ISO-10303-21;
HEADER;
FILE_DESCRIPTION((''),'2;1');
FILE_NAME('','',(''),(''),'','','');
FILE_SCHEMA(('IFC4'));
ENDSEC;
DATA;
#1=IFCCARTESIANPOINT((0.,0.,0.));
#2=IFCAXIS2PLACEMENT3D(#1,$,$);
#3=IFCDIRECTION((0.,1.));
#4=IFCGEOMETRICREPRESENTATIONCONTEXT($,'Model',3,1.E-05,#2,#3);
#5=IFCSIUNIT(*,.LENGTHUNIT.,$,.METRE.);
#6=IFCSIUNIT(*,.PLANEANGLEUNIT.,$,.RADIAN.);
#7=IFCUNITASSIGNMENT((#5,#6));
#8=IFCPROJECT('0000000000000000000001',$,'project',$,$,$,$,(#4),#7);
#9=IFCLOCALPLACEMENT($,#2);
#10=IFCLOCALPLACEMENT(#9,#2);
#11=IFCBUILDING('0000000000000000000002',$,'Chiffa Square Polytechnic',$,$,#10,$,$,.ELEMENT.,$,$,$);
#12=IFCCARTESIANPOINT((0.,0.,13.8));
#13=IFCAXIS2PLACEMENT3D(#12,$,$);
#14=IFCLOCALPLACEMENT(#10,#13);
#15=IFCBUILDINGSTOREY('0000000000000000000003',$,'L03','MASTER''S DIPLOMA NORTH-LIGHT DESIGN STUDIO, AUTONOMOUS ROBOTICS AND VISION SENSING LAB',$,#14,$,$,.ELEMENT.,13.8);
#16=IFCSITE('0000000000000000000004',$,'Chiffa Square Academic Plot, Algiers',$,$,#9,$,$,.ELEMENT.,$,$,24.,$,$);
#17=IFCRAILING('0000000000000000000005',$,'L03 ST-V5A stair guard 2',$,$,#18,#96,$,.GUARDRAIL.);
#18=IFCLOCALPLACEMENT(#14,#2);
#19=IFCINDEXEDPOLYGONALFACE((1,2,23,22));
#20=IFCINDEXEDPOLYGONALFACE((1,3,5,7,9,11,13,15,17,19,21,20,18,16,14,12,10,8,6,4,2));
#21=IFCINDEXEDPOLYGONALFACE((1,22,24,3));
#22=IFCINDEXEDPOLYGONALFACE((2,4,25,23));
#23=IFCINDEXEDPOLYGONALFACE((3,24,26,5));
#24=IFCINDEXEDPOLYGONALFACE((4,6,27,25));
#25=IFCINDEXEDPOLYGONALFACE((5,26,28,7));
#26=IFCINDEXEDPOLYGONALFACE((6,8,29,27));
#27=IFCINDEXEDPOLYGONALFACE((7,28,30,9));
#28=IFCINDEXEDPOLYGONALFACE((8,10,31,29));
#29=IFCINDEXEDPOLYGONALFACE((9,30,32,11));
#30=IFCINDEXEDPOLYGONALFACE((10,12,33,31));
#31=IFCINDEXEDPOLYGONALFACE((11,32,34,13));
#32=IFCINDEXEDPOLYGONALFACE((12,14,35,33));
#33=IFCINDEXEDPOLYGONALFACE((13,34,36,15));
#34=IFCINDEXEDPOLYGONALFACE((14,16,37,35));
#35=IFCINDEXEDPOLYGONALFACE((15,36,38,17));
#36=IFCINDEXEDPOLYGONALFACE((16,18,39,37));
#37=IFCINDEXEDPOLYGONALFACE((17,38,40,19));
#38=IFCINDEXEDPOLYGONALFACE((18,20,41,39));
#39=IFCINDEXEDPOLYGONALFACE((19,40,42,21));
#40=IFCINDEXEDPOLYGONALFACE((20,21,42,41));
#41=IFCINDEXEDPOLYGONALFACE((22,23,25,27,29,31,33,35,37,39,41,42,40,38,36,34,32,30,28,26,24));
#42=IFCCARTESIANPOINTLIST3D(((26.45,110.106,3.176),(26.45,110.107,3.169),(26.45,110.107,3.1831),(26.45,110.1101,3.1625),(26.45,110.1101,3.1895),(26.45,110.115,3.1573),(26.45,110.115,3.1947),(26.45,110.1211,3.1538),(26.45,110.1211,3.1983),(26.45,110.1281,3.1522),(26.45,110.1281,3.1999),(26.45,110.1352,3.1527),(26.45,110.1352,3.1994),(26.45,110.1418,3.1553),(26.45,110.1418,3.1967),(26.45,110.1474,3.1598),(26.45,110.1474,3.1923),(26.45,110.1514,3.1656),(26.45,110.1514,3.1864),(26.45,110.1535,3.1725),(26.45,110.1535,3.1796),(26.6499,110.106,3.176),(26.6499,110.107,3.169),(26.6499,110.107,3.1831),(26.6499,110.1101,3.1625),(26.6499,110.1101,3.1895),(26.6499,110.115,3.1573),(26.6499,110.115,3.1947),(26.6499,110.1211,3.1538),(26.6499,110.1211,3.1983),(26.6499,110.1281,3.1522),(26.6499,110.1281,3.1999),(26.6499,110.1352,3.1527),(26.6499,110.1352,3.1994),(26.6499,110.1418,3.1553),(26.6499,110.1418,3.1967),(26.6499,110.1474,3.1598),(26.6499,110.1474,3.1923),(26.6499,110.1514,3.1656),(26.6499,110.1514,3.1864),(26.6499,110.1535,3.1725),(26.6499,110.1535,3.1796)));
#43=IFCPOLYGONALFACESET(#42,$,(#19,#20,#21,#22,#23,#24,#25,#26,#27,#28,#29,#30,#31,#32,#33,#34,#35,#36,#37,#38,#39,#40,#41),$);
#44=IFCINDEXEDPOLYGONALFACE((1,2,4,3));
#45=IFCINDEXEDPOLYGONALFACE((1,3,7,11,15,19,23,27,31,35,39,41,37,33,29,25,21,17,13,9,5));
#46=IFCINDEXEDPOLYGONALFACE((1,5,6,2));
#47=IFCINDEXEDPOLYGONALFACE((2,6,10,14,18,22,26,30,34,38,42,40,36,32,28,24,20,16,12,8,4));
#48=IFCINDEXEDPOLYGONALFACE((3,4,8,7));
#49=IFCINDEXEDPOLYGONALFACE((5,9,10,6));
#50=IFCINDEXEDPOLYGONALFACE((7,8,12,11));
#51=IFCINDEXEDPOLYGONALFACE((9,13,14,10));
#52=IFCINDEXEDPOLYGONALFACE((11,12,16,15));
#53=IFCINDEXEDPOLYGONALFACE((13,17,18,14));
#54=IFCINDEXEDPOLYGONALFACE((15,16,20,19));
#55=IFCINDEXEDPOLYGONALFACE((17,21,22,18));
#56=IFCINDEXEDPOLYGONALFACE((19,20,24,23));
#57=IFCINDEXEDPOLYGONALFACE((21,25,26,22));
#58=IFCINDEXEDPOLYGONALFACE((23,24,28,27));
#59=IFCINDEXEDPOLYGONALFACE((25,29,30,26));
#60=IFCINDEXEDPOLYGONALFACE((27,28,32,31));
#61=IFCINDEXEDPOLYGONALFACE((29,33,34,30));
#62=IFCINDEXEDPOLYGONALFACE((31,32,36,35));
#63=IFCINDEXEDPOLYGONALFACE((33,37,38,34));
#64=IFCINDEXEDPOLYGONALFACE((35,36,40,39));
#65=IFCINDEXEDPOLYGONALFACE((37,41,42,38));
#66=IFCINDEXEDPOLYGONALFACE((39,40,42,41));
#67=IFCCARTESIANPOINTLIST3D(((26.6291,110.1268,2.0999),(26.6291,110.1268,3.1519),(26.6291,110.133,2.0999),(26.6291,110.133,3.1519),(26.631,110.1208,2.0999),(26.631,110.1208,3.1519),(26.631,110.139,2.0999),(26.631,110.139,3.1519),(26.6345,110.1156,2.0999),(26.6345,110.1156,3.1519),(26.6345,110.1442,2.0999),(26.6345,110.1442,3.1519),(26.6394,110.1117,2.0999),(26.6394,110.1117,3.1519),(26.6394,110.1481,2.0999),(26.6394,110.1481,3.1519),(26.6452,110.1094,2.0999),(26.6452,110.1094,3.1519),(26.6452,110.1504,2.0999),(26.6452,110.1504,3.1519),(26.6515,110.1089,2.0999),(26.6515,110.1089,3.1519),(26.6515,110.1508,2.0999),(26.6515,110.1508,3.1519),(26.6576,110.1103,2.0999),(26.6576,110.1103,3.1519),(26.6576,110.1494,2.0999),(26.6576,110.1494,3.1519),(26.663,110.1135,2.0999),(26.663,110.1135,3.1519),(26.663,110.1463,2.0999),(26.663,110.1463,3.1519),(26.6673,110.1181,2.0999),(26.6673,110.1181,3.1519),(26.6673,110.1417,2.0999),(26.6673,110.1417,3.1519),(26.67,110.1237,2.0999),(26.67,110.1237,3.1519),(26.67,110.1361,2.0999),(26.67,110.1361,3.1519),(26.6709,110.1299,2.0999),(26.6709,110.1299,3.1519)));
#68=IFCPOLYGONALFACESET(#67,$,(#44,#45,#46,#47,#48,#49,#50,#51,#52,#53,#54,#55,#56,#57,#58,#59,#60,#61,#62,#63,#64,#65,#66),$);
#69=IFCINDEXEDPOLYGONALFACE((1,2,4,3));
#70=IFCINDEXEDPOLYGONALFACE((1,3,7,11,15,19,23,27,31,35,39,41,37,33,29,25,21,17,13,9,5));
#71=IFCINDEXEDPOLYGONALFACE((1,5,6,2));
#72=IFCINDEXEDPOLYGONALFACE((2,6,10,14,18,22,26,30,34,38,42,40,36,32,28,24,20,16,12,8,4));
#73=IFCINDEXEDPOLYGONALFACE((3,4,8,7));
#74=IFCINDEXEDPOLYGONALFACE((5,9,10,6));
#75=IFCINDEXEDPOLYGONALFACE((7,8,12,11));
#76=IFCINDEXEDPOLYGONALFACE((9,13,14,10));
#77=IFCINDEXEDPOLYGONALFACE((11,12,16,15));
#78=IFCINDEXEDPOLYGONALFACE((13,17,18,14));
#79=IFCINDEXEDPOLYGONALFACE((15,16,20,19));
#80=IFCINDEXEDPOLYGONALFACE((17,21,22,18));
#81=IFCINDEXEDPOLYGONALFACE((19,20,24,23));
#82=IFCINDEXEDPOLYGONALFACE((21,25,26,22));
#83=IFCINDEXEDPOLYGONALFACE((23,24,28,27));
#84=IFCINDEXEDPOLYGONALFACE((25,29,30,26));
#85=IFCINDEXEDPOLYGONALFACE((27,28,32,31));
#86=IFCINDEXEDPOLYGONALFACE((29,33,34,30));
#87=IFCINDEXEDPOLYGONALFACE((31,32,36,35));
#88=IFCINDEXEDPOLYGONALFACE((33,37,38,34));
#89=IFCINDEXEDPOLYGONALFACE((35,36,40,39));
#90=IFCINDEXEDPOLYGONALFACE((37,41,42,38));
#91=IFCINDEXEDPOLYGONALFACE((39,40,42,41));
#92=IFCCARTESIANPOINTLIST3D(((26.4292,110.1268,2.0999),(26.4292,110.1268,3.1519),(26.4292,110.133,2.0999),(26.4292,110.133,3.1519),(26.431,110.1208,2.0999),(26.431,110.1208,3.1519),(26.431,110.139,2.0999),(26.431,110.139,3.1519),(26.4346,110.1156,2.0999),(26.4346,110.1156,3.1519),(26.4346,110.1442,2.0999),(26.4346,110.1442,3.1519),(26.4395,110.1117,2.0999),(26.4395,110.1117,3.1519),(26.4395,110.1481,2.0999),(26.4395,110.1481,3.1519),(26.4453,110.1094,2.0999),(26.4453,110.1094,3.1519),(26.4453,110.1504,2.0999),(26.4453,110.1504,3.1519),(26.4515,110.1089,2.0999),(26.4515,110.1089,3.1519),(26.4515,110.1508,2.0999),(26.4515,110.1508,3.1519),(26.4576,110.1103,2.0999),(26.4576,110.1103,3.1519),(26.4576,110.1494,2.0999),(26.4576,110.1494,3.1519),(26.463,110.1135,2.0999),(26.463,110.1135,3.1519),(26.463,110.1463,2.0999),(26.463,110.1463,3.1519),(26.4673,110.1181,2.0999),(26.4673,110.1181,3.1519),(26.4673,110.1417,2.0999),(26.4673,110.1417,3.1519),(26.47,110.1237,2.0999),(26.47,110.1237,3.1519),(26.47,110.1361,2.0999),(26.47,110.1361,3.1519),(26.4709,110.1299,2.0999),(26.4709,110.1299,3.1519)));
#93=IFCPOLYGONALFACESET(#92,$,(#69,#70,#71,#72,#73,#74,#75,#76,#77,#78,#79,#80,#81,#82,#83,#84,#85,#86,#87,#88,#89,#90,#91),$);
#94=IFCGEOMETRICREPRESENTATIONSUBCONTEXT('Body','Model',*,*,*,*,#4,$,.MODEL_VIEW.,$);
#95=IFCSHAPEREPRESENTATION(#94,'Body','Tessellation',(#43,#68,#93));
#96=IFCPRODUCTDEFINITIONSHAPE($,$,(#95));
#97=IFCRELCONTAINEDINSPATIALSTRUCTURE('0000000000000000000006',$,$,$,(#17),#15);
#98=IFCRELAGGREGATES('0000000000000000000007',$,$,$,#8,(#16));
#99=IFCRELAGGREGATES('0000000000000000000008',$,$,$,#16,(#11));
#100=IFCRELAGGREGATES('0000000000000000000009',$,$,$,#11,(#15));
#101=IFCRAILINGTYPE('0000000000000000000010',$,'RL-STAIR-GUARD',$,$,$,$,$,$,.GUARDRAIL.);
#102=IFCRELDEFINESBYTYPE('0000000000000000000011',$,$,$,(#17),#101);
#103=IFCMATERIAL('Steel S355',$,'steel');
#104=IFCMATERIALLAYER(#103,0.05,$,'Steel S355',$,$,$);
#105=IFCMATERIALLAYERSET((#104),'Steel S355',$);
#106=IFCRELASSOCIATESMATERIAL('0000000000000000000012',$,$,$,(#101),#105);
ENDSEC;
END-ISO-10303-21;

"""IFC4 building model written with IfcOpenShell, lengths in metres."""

from ifc_helpers import new_model, si_unit, direction, frame, origin, origin_2d, place, context, subcontext, project, spatial, circle, extrude, material, layer, layer_set, type_object, element, save


model = new_model("IFC4")

# Units and contexts
model_context = context("Model", 3, precision=1e-05, world=origin(), true_north=direction((0.0, 1.0)))
body_context = subcontext(model_context, "Body", "Model", "MODEL_VIEW")
ifc_project = project(units=[si_unit("LENGTHUNIT", "METRE"), si_unit("PLANEANGLEUNIT", "RADIAN")], contexts=[model_context])

# Site, building, storey
site_placement = place(None, origin())
site = spatial("IfcSite", under=ifc_project, at=site_placement, Name="Chiffa Square Academic Plot, Algiers", CompositionType="ELEMENT", RefElevation=24.0)
building_placement = place(site_placement, origin())
building = spatial("IfcBuilding", under=site, at=building_placement, Name="Chiffa Square Polytechnic", CompositionType="ELEMENT")
storey_placement = place(building_placement, frame((0.0, 0.0, 13.8)))
storey = spatial("IfcBuildingStorey", under=building, at=storey_placement, Name="L03", Description="MASTER'S DIPLOMA NORTH-LIGHT DESIGN STUDIO, AUTONOMOUS ROBOTICS AND VISION SENSING LAB", CompositionType="ELEMENT", Elevation=13.8)

# Railing
ifc_material_1 = material(Name="Steel S355", Category="steel")
ifc_layer_1 = layer(ifc_material_1, 0.05, Name="Steel S355")
ifc_layer_set_1 = layer_set([ifc_layer_1], Name="Steel S355")
railing_type_1 = type_object("IfcRailingType", Name="RL-STAIR-GUARD", PredefinedType="GUARDRAIL", material=ifc_layer_set_1)
railing_1_placement = place(storey_placement, frame((26.6499, 110.1299, 2.0999)))
element("IfcRailing", 1, at=railing_1_placement, inside=storey, type_object=railing_type_1, Name="L03 ST-V5A stair guard 2", PredefinedType="GUARDRAIL", context=body_context, shape_type="SweptSolid", body=[
    extrude(circle(Radius=0.0239, at=origin_2d()), frame((0.0, 0.0, 1.0762), z_axis=(-1.0, 0.0, 0.0), x_axis=(0.0, -1.0, 0.0)), (0.0, 0.0, 1.0), 0.2),
    extrude(circle(Radius=0.021, at=origin_2d()), origin(), (0.0, 0.0, 1.0), 1.052),
    extrude(circle(Radius=0.021, at=origin_2d()), frame((-0.2, 0.0, 0.0)), (0.0, 0.0, 1.0), 1.052),
])

save(model, "model.ifc")
